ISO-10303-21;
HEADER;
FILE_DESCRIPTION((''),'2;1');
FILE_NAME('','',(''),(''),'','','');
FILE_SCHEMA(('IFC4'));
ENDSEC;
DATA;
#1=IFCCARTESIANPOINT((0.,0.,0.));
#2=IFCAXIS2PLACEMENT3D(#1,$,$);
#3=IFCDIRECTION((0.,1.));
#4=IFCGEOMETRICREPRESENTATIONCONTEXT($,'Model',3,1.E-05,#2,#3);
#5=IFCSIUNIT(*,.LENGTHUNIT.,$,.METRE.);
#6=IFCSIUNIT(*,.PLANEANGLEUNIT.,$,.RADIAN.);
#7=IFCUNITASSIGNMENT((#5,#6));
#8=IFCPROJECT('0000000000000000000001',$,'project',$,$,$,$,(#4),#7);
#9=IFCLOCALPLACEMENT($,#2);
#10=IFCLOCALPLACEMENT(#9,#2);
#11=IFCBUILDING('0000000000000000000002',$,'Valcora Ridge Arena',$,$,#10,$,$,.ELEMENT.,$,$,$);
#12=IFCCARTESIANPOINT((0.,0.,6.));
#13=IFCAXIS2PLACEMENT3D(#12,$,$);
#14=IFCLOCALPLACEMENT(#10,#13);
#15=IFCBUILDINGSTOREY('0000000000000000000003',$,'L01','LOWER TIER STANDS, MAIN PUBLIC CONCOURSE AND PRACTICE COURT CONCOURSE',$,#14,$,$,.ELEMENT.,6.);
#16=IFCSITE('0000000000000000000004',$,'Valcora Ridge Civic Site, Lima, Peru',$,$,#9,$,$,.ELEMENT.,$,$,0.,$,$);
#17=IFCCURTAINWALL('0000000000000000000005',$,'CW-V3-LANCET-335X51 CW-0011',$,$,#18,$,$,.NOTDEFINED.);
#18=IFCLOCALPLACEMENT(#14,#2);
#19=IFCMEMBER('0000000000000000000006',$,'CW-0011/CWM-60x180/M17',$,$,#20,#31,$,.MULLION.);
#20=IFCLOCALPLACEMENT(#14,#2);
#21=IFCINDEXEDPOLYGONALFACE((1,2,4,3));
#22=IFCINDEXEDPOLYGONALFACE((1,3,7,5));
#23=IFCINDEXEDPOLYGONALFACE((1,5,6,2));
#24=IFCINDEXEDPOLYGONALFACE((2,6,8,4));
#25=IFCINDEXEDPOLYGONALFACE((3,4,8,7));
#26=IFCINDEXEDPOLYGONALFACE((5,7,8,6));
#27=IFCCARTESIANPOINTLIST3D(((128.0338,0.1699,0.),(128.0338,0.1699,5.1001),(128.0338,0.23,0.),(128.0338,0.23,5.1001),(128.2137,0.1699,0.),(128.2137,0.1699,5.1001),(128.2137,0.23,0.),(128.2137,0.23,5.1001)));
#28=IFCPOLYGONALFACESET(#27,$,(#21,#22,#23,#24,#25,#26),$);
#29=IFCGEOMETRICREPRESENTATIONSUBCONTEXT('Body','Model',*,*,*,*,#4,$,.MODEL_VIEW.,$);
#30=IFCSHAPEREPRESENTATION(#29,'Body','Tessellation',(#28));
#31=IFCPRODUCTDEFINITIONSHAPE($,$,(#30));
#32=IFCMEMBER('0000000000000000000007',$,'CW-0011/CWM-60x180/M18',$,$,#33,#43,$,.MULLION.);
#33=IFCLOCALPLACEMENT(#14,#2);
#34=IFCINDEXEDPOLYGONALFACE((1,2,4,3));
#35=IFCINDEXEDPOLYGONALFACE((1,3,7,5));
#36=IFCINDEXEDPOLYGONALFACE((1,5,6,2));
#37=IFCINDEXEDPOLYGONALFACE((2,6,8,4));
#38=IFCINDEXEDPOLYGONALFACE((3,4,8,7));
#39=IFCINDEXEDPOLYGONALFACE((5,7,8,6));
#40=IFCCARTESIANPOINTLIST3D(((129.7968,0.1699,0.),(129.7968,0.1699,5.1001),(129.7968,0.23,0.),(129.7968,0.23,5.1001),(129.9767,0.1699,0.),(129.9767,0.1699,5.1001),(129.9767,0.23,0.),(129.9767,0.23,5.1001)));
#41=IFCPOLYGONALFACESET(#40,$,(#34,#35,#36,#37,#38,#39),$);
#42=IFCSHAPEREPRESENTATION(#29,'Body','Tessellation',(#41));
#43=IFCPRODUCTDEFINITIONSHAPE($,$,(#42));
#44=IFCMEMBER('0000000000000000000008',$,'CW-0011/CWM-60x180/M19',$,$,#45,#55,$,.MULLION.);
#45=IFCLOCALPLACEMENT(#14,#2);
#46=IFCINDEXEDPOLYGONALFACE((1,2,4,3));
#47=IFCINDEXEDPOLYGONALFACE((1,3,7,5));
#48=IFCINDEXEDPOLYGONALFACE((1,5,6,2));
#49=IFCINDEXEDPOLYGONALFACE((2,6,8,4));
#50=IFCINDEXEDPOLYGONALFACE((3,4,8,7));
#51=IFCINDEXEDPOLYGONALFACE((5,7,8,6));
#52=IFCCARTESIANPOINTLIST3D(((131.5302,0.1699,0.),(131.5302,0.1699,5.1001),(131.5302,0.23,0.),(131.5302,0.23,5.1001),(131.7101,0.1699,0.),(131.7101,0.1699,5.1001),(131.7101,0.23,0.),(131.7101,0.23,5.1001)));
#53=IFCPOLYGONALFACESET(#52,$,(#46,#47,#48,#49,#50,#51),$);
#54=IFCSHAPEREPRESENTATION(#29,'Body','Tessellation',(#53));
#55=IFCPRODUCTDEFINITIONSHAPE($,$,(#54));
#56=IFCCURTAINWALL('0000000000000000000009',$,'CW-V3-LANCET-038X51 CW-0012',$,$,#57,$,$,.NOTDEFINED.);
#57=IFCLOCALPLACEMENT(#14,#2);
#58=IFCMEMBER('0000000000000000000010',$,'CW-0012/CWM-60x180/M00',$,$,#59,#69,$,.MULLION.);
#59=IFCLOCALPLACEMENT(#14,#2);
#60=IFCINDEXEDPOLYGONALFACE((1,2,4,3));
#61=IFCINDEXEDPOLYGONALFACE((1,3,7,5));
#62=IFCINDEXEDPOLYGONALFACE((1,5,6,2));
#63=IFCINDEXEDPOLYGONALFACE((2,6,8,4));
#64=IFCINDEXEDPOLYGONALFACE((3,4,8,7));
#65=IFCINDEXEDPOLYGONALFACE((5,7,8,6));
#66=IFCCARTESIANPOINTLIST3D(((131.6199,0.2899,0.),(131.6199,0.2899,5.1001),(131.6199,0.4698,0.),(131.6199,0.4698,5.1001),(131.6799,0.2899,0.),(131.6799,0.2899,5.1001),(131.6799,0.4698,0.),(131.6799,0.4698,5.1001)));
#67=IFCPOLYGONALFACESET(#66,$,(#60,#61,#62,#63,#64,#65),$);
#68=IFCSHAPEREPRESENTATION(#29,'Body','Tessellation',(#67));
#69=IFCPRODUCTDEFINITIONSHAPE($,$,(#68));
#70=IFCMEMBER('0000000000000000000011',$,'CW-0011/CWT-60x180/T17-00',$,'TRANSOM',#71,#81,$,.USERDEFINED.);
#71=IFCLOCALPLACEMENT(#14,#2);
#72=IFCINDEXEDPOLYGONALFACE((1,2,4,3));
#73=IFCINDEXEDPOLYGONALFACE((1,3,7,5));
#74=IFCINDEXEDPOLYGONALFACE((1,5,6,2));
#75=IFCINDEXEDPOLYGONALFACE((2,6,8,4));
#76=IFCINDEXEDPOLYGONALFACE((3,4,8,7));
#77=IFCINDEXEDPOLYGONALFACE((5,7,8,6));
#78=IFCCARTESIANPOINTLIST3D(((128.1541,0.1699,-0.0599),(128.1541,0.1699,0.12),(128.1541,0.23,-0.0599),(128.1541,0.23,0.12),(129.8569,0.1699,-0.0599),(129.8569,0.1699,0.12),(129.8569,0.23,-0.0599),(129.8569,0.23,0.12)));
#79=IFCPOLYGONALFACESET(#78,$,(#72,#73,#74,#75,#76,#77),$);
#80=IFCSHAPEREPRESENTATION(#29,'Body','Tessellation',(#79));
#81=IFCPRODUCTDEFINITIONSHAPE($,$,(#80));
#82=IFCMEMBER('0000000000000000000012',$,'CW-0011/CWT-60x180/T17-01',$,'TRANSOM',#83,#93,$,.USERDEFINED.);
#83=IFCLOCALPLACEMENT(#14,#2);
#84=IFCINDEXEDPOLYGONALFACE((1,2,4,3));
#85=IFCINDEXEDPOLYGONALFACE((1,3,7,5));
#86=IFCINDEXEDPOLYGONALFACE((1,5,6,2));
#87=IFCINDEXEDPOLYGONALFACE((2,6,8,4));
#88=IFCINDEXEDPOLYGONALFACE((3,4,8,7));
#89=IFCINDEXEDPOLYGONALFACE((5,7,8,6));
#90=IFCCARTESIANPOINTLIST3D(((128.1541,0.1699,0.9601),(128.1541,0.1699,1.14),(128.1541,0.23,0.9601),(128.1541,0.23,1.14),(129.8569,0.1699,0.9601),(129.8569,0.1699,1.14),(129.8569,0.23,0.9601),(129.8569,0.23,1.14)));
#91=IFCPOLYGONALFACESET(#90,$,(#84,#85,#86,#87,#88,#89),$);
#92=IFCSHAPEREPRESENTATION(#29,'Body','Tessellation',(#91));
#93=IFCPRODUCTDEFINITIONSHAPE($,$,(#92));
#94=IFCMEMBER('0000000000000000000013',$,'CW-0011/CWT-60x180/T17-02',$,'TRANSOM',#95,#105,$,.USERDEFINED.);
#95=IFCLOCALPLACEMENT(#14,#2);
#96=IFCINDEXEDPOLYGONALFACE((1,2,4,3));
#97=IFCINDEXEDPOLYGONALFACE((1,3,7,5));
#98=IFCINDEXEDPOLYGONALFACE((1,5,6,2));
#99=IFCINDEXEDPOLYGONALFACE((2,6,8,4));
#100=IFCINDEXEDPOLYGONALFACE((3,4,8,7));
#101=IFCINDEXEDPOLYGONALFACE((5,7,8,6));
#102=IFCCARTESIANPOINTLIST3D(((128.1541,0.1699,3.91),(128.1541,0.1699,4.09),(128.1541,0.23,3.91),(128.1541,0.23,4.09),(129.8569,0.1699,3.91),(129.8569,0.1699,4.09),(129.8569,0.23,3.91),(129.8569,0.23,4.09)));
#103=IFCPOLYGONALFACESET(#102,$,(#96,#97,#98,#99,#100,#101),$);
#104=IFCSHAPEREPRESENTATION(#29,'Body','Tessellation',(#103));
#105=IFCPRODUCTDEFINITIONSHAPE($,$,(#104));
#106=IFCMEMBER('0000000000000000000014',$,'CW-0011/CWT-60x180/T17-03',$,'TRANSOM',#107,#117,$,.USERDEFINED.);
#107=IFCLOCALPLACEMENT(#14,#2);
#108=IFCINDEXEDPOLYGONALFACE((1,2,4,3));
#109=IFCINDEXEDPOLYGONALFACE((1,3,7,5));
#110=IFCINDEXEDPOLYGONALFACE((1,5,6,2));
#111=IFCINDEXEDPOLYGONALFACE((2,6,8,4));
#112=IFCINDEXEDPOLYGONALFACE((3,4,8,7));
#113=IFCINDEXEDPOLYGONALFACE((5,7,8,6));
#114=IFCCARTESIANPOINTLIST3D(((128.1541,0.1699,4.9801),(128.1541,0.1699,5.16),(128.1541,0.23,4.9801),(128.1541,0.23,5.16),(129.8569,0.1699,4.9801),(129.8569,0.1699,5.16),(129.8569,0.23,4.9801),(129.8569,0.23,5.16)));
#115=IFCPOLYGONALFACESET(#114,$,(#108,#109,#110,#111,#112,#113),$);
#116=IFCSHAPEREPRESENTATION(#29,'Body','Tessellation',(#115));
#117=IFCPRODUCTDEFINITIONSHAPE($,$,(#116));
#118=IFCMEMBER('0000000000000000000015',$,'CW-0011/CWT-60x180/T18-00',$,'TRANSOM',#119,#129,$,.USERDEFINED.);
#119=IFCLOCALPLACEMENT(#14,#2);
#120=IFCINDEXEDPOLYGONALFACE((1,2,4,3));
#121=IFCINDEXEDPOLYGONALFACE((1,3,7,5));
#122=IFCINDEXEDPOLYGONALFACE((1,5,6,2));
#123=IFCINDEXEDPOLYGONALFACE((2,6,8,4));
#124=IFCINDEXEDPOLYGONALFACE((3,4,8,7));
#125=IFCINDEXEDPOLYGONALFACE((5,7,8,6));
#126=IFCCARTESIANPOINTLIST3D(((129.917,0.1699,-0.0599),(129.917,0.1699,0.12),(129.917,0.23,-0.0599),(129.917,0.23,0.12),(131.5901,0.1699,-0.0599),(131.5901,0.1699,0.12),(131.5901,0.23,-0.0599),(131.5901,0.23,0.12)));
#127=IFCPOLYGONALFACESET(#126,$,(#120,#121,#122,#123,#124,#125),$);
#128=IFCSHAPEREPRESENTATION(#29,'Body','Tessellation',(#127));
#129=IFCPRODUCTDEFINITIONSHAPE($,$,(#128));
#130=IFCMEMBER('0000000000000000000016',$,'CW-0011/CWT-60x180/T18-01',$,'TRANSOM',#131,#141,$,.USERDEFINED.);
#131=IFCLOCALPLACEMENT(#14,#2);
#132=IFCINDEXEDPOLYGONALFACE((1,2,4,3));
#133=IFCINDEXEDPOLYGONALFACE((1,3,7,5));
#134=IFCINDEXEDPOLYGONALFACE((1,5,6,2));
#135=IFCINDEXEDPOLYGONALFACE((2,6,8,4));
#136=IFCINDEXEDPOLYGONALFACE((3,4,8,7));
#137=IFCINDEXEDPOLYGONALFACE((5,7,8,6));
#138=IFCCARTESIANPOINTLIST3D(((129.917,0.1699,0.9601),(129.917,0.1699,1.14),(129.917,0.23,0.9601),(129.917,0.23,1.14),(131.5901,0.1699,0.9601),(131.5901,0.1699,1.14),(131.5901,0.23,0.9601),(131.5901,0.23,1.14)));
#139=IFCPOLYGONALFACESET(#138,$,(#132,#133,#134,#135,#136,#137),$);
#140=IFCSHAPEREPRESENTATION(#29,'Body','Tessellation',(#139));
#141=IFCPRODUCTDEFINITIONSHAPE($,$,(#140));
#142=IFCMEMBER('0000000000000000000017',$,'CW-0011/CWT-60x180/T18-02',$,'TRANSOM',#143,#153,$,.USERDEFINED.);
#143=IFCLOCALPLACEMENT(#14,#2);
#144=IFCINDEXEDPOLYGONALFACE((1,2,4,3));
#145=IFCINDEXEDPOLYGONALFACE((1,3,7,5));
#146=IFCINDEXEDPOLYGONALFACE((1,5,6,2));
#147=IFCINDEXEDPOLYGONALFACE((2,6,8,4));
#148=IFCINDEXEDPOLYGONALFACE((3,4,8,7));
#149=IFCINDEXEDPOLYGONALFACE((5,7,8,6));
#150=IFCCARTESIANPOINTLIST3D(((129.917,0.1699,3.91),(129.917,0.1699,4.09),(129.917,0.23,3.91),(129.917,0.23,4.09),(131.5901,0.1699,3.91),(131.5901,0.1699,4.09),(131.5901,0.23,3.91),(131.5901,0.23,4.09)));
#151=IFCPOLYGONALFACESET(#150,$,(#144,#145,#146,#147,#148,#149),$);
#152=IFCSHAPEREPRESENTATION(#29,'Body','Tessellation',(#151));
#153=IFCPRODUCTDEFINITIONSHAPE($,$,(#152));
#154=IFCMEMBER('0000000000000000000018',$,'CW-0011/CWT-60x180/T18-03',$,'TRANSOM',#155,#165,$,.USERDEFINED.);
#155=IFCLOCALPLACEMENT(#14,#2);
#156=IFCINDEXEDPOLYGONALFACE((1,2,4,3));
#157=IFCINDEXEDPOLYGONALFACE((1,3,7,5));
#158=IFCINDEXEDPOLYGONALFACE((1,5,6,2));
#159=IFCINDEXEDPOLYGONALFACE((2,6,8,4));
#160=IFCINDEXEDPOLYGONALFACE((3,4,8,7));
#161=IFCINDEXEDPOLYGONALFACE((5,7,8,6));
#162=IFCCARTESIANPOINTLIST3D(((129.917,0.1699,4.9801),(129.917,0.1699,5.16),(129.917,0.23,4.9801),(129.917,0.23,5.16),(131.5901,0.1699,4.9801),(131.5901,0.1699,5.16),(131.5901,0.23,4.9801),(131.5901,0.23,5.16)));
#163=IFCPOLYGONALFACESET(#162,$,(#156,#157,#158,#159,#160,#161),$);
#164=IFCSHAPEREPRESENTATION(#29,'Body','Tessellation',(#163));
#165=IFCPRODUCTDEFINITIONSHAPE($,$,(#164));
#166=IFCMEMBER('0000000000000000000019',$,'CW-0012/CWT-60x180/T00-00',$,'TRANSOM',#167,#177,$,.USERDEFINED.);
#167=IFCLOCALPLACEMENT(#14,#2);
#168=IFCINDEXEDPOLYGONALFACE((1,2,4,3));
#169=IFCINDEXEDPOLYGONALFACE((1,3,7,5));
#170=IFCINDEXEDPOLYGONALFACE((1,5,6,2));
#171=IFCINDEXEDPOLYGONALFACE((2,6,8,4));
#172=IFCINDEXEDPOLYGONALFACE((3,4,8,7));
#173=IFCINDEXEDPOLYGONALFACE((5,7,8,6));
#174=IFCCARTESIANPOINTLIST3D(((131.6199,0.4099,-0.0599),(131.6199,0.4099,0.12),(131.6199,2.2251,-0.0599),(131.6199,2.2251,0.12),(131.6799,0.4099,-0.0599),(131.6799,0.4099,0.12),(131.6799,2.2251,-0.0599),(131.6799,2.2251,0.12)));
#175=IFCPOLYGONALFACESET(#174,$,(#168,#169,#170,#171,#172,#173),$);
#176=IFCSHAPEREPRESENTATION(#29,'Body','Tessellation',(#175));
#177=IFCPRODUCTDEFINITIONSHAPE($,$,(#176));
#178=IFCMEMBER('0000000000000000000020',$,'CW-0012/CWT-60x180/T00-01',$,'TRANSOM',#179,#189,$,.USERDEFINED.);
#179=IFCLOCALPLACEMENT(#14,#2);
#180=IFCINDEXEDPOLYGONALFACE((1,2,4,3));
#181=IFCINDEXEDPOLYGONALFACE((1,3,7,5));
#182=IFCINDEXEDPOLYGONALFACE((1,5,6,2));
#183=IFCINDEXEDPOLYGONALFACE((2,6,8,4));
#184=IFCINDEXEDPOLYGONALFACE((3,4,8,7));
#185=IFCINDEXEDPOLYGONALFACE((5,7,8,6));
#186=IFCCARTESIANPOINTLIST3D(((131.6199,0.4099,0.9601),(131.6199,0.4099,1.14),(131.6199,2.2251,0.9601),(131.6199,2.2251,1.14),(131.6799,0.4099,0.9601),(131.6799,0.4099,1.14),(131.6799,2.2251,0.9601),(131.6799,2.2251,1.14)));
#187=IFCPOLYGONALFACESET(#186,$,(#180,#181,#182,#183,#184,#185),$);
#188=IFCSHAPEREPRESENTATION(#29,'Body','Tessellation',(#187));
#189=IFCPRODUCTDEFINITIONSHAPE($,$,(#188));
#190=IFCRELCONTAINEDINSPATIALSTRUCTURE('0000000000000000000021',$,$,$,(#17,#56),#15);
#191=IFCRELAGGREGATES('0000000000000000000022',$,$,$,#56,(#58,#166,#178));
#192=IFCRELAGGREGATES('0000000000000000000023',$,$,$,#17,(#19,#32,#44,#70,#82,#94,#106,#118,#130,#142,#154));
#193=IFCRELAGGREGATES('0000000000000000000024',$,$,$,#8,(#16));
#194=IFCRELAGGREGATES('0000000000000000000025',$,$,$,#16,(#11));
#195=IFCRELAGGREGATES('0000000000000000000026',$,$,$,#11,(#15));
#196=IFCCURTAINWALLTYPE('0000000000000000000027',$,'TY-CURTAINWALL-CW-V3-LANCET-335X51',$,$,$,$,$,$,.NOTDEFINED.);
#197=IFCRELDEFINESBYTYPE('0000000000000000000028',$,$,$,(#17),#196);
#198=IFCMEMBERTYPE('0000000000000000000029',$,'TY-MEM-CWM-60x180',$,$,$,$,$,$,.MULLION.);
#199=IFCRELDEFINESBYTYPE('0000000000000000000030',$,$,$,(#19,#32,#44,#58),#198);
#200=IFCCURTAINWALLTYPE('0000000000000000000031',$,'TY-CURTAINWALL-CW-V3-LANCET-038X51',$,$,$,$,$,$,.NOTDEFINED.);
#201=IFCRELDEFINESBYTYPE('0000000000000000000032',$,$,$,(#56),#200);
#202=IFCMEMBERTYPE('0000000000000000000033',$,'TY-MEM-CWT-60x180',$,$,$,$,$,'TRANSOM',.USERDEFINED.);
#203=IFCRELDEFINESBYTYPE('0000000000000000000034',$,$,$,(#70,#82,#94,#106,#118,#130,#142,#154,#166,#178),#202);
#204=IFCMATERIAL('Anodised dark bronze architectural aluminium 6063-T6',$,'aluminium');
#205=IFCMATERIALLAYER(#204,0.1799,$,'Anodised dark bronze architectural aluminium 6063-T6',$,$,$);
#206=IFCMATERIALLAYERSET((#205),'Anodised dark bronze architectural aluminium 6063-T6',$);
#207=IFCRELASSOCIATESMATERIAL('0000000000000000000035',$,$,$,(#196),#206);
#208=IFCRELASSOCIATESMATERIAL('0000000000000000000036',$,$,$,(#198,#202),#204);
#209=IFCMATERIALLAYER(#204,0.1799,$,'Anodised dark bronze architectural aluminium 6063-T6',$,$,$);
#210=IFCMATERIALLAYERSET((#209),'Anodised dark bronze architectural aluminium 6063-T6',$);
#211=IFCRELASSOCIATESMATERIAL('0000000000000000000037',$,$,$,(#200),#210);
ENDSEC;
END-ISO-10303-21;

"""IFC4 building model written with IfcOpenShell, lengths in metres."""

from ifc_helpers import new_model, si_unit, direction, frame, origin, origin_2d, place, context, subcontext, project, spatial, rectangle, extrude, material, layer, layer_set, material_profile, profile_set, type_object, element, aggregate, save


model = new_model("IFC4")

# Units and contexts
model_context = context("Model", 3, precision=1e-05, world=origin(), true_north=direction((0.0, 1.0)))
body_context = subcontext(model_context, "Body", "Model", "MODEL_VIEW")
ifc_project = project(units=[si_unit("LENGTHUNIT", "METRE"), si_unit("PLANEANGLEUNIT", "RADIAN")], contexts=[model_context])

# Site, building, storey
site_placement = place(None, origin())
site = spatial("IfcSite", under=ifc_project, at=site_placement, Name="Valcora Ridge Civic Site, Lima, Peru", CompositionType="ELEMENT", RefElevation=0.0)
building_placement = place(site_placement, origin())
building = spatial("IfcBuilding", under=site, at=building_placement, Name="Valcora Ridge Arena", CompositionType="ELEMENT")
storey_placement = place(building_placement, frame((0.0, 0.0, 6.0)))
storey = spatial("IfcBuildingStorey", under=building, at=storey_placement, Name="L01", Description="LOWER TIER STANDS, MAIN PUBLIC CONCOURSE AND PRACTICE COURT CONCOURSE", CompositionType="ELEMENT", Elevation=6.0)

# Curtain wall, members
ifc_material_1 = material(Name="Anodised dark bronze architectural aluminium 6063-T6", Category="aluminium")
ifc_layer_1 = layer(ifc_material_1, 0.1799, Name="Anodised dark bronze architectural aluminium 6063-T6")
ifc_layer_set_1 = layer_set([ifc_layer_1], Name="Anodised dark bronze architectural aluminium 6063-T6")
curtain_wall_type_1 = type_object("IfcCurtainWallType", Name="TY-CURTAINWALL-CW-V3-LANCET-335X51", PredefinedType="NOTDEFINED", material=ifc_layer_set_1)
curtain_wall_1_placement = place(storey_placement, origin())
curtain_wall_1 = element("IfcCurtainWall", 1, at=curtain_wall_1_placement, inside=storey, type_object=curtain_wall_type_1, Name="CW-V3-LANCET-335X51 CW-0011", PredefinedType="NOTDEFINED")
ifc_material_profile_1 = material_profile(ifc_material_1, rectangle(XDim=0.0601, YDim=0.1799, at=origin_2d()), Name="ALU MULLION 60x180")
ifc_profile_set_1 = profile_set([ifc_material_profile_1], Name="Anodised dark bronze architectural aluminium 6063-T6")
member_type_1 = type_object("IfcMemberType", Name="TY-MEM-CWM-60x180", PredefinedType="MULLION", material=ifc_profile_set_1)
member_1_placement = place(storey_placement, frame((128.1238, 0.2, 0.0), z_axis=(0.0, 0.0, 1.0), x_axis=(0.0, 1.0, 0.0)))
member_1 = element("IfcMember", 2, at=member_1_placement, type_object=member_type_1, Name="CW-0011/CWM-60x180/M17", PredefinedType="MULLION", context=body_context, shape_type="SweptSolid", body=[
    extrude(rectangle(XDim=0.0601, YDim=0.1799, at=origin_2d()), origin(), (0.0, 0.0, 1.0), 5.1001),
])
member_2_placement = place(storey_placement, frame((129.8867, 0.2, 0.0), z_axis=(0.0, 0.0, 1.0), x_axis=(0.0, 1.0, 0.0)))
member_2 = element("IfcMember", 3, at=member_2_placement, type_object=member_type_1, Name="CW-0011/CWM-60x180/M18", PredefinedType="MULLION", context=body_context, shape_type="SweptSolid", body=[
    extrude(rectangle(XDim=0.0601, YDim=0.1799, at=origin_2d()), origin(), (0.0, 0.0, 1.0), 5.1001),
])
member_3_placement = place(storey_placement, frame((131.6201, 0.2, 0.0), z_axis=(0.0, 0.0, 1.0), x_axis=(0.0, 1.0, 0.0)))
member_3 = element("IfcMember", 4, at=member_3_placement, type_object=member_type_1, Name="CW-0011/CWM-60x180/M19", PredefinedType="MULLION", context=body_context, shape_type="SweptSolid", body=[
    extrude(rectangle(XDim=0.0601, YDim=0.1799, at=origin_2d()), origin(), (0.0, 0.0, 1.0), 5.1001),
])

# Curtain wall, member
ifc_layer_2 = layer(ifc_material_1, 0.1799, Name="Anodised dark bronze architectural aluminium 6063-T6")
ifc_layer_set_2 = layer_set([ifc_layer_2], Name="Anodised dark bronze architectural aluminium 6063-T6")
curtain_wall_type_2 = type_object("IfcCurtainWallType", Name="TY-CURTAINWALL-CW-V3-LANCET-038X51", PredefinedType="NOTDEFINED", material=ifc_layer_set_2)
curtain_wall_2_placement = place(storey_placement, origin())
curtain_wall_2 = element("IfcCurtainWall", 5, at=curtain_wall_2_placement, inside=storey, type_object=curtain_wall_type_2, Name="CW-V3-LANCET-038X51 CW-0012", PredefinedType="NOTDEFINED")
member_4_placement = place(storey_placement, frame((131.6499, 0.3799, 0.0), z_axis=(0.0, 0.0, 1.0), x_axis=(-1.0, 0.0, 0.0)))
member_4 = element("IfcMember", 6, at=member_4_placement, type_object=member_type_1, Name="CW-0012/CWM-60x180/M00", PredefinedType="MULLION", context=body_context, shape_type="SweptSolid", body=[
    extrude(rectangle(XDim=0.0601, YDim=0.1799, at=origin_2d()), origin(), (0.0, 0.0, 1.0), 5.1001),
])

# Members
ifc_material_profile_2 = material_profile(ifc_material_1, rectangle(XDim=0.0601, YDim=0.1799, at=origin_2d()), Name="ALU TRANSOM 60x180")
ifc_profile_set_2 = profile_set([ifc_material_profile_2], Name="Anodised dark bronze architectural aluminium 6063-T6")
member_type_2 = type_object("IfcMemberType", Name="TY-MEM-CWT-60x180", ElementType="TRANSOM", PredefinedType="USERDEFINED", material=ifc_profile_set_2)
member_5_placement = place(storey_placement, frame((128.1541, 0.2, 0.03), z_axis=(1.0, 0.0, 0.0), x_axis=(0.0, 1.0, 0.0)))
member_5 = element("IfcMember", 7, at=member_5_placement, type_object=member_type_2, Name="CW-0011/CWT-60x180/T17-00", ObjectType="TRANSOM", PredefinedType="USERDEFINED", context=body_context, shape_type="SweptSolid", body=[
    extrude(rectangle(XDim=0.0601, YDim=0.1799, at=origin_2d()), origin(), (0.0, 0.0, 1.0), 1.7029),
])
member_6_placement = place(storey_placement, frame((128.1541, 0.2, 1.05), z_axis=(1.0, 0.0, 0.0), x_axis=(0.0, 1.0, 0.0)))
member_6 = element("IfcMember", 8, at=member_6_placement, type_object=member_type_2, Name="CW-0011/CWT-60x180/T17-01", ObjectType="TRANSOM", PredefinedType="USERDEFINED", context=body_context, shape_type="SweptSolid", body=[
    extrude(rectangle(XDim=0.0601, YDim=0.1799, at=origin_2d()), origin(), (0.0, 0.0, 1.0), 1.7029),
])
member_7_placement = place(storey_placement, frame((128.1541, 0.2, 4.0), z_axis=(1.0, 0.0, 0.0), x_axis=(0.0, 1.0, 0.0)))
member_7 = element("IfcMember", 9, at=member_7_placement, type_object=member_type_2, Name="CW-0011/CWT-60x180/T17-02", ObjectType="TRANSOM", PredefinedType="USERDEFINED", context=body_context, shape_type="SweptSolid", body=[
    extrude(rectangle(XDim=0.0601, YDim=0.1799, at=origin_2d()), origin(), (0.0, 0.0, 1.0), 1.7029),
])
member_8_placement = place(storey_placement, frame((128.1541, 0.2, 5.0701), z_axis=(1.0, 0.0, 0.0), x_axis=(0.0, 1.0, 0.0)))
member_8 = element("IfcMember", 10, at=member_8_placement, type_object=member_type_2, Name="CW-0011/CWT-60x180/T17-03", ObjectType="TRANSOM", PredefinedType="USERDEFINED", context=body_context, shape_type="SweptSolid", body=[
    extrude(rectangle(XDim=0.0601, YDim=0.1799, at=origin_2d()), origin(), (0.0, 0.0, 1.0), 1.7029),
])
member_9_placement = place(storey_placement, frame((129.917, 0.2, 0.03), z_axis=(1.0, 0.0, 0.0), x_axis=(0.0, 1.0, 0.0)))
member_9 = element("IfcMember", 11, at=member_9_placement, type_object=member_type_2, Name="CW-0011/CWT-60x180/T18-00", ObjectType="TRANSOM", PredefinedType="USERDEFINED", context=body_context, shape_type="SweptSolid", body=[
    extrude(rectangle(XDim=0.0601, YDim=0.1799, at=origin_2d()), origin(), (0.0, 0.0, 1.0), 1.6731),
])
member_10_placement = place(storey_placement, frame((129.917, 0.2, 1.05), z_axis=(1.0, 0.0, 0.0), x_axis=(0.0, 1.0, 0.0)))
member_10 = element("IfcMember", 12, at=member_10_placement, type_object=member_type_2, Name="CW-0011/CWT-60x180/T18-01", ObjectType="TRANSOM", PredefinedType="USERDEFINED", context=body_context, shape_type="SweptSolid", body=[
    extrude(rectangle(XDim=0.0601, YDim=0.1799, at=origin_2d()), origin(), (0.0, 0.0, 1.0), 1.6731),
])
member_11_placement = place(storey_placement, frame((129.917, 0.2, 4.0), z_axis=(1.0, 0.0, 0.0), x_axis=(0.0, 1.0, 0.0)))
member_11 = element("IfcMember", 13, at=member_11_placement, type_object=member_type_2, Name="CW-0011/CWT-60x180/T18-02", ObjectType="TRANSOM", PredefinedType="USERDEFINED", context=body_context, shape_type="SweptSolid", body=[
    extrude(rectangle(XDim=0.0601, YDim=0.1799, at=origin_2d()), origin(), (0.0, 0.0, 1.0), 1.6731),
])
member_12_placement = place(storey_placement, frame((129.917, 0.2, 5.0701), z_axis=(1.0, 0.0, 0.0), x_axis=(0.0, 1.0, 0.0)))
member_12 = element("IfcMember", 14, at=member_12_placement, type_object=member_type_2, Name="CW-0011/CWT-60x180/T18-03", ObjectType="TRANSOM", PredefinedType="USERDEFINED", context=body_context, shape_type="SweptSolid", body=[
    extrude(rectangle(XDim=0.0601, YDim=0.1799, at=origin_2d()), origin(), (0.0, 0.0, 1.0), 1.6731),
])
member_13_placement = place(storey_placement, frame((131.6499, 0.4099, 0.03), z_axis=(0.0, 1.0, 0.0), x_axis=(-1.0, 0.0, 0.0)))
member_13 = element("IfcMember", 15, at=member_13_placement, type_object=member_type_2, Name="CW-0012/CWT-60x180/T00-00", ObjectType="TRANSOM", PredefinedType="USERDEFINED", context=body_context, shape_type="SweptSolid", body=[
    extrude(rectangle(XDim=0.0601, YDim=0.1799, at=origin_2d()), origin(), (0.0, 0.0, 1.0), 1.8152),
])
member_14_placement = place(storey_placement, frame((131.6499, 0.4099, 1.05), z_axis=(0.0, 1.0, 0.0), x_axis=(-1.0, 0.0, 0.0)))
member_14 = element("IfcMember", 16, at=member_14_placement, type_object=member_type_2, Name="CW-0012/CWT-60x180/T00-01", ObjectType="TRANSOM", PredefinedType="USERDEFINED", context=body_context, shape_type="SweptSolid", body=[
    extrude(rectangle(XDim=0.0601, YDim=0.1799, at=origin_2d()), origin(), (0.0, 0.0, 1.0), 1.8152),
])
aggregate(curtain_wall_2, [member_4, member_13, member_14])

aggregate(curtain_wall_1, [member_1, member_2, member_3, member_5, member_6, member_7, member_8, member_9, member_10, member_11, member_12])

save(model, "model.ifc")
